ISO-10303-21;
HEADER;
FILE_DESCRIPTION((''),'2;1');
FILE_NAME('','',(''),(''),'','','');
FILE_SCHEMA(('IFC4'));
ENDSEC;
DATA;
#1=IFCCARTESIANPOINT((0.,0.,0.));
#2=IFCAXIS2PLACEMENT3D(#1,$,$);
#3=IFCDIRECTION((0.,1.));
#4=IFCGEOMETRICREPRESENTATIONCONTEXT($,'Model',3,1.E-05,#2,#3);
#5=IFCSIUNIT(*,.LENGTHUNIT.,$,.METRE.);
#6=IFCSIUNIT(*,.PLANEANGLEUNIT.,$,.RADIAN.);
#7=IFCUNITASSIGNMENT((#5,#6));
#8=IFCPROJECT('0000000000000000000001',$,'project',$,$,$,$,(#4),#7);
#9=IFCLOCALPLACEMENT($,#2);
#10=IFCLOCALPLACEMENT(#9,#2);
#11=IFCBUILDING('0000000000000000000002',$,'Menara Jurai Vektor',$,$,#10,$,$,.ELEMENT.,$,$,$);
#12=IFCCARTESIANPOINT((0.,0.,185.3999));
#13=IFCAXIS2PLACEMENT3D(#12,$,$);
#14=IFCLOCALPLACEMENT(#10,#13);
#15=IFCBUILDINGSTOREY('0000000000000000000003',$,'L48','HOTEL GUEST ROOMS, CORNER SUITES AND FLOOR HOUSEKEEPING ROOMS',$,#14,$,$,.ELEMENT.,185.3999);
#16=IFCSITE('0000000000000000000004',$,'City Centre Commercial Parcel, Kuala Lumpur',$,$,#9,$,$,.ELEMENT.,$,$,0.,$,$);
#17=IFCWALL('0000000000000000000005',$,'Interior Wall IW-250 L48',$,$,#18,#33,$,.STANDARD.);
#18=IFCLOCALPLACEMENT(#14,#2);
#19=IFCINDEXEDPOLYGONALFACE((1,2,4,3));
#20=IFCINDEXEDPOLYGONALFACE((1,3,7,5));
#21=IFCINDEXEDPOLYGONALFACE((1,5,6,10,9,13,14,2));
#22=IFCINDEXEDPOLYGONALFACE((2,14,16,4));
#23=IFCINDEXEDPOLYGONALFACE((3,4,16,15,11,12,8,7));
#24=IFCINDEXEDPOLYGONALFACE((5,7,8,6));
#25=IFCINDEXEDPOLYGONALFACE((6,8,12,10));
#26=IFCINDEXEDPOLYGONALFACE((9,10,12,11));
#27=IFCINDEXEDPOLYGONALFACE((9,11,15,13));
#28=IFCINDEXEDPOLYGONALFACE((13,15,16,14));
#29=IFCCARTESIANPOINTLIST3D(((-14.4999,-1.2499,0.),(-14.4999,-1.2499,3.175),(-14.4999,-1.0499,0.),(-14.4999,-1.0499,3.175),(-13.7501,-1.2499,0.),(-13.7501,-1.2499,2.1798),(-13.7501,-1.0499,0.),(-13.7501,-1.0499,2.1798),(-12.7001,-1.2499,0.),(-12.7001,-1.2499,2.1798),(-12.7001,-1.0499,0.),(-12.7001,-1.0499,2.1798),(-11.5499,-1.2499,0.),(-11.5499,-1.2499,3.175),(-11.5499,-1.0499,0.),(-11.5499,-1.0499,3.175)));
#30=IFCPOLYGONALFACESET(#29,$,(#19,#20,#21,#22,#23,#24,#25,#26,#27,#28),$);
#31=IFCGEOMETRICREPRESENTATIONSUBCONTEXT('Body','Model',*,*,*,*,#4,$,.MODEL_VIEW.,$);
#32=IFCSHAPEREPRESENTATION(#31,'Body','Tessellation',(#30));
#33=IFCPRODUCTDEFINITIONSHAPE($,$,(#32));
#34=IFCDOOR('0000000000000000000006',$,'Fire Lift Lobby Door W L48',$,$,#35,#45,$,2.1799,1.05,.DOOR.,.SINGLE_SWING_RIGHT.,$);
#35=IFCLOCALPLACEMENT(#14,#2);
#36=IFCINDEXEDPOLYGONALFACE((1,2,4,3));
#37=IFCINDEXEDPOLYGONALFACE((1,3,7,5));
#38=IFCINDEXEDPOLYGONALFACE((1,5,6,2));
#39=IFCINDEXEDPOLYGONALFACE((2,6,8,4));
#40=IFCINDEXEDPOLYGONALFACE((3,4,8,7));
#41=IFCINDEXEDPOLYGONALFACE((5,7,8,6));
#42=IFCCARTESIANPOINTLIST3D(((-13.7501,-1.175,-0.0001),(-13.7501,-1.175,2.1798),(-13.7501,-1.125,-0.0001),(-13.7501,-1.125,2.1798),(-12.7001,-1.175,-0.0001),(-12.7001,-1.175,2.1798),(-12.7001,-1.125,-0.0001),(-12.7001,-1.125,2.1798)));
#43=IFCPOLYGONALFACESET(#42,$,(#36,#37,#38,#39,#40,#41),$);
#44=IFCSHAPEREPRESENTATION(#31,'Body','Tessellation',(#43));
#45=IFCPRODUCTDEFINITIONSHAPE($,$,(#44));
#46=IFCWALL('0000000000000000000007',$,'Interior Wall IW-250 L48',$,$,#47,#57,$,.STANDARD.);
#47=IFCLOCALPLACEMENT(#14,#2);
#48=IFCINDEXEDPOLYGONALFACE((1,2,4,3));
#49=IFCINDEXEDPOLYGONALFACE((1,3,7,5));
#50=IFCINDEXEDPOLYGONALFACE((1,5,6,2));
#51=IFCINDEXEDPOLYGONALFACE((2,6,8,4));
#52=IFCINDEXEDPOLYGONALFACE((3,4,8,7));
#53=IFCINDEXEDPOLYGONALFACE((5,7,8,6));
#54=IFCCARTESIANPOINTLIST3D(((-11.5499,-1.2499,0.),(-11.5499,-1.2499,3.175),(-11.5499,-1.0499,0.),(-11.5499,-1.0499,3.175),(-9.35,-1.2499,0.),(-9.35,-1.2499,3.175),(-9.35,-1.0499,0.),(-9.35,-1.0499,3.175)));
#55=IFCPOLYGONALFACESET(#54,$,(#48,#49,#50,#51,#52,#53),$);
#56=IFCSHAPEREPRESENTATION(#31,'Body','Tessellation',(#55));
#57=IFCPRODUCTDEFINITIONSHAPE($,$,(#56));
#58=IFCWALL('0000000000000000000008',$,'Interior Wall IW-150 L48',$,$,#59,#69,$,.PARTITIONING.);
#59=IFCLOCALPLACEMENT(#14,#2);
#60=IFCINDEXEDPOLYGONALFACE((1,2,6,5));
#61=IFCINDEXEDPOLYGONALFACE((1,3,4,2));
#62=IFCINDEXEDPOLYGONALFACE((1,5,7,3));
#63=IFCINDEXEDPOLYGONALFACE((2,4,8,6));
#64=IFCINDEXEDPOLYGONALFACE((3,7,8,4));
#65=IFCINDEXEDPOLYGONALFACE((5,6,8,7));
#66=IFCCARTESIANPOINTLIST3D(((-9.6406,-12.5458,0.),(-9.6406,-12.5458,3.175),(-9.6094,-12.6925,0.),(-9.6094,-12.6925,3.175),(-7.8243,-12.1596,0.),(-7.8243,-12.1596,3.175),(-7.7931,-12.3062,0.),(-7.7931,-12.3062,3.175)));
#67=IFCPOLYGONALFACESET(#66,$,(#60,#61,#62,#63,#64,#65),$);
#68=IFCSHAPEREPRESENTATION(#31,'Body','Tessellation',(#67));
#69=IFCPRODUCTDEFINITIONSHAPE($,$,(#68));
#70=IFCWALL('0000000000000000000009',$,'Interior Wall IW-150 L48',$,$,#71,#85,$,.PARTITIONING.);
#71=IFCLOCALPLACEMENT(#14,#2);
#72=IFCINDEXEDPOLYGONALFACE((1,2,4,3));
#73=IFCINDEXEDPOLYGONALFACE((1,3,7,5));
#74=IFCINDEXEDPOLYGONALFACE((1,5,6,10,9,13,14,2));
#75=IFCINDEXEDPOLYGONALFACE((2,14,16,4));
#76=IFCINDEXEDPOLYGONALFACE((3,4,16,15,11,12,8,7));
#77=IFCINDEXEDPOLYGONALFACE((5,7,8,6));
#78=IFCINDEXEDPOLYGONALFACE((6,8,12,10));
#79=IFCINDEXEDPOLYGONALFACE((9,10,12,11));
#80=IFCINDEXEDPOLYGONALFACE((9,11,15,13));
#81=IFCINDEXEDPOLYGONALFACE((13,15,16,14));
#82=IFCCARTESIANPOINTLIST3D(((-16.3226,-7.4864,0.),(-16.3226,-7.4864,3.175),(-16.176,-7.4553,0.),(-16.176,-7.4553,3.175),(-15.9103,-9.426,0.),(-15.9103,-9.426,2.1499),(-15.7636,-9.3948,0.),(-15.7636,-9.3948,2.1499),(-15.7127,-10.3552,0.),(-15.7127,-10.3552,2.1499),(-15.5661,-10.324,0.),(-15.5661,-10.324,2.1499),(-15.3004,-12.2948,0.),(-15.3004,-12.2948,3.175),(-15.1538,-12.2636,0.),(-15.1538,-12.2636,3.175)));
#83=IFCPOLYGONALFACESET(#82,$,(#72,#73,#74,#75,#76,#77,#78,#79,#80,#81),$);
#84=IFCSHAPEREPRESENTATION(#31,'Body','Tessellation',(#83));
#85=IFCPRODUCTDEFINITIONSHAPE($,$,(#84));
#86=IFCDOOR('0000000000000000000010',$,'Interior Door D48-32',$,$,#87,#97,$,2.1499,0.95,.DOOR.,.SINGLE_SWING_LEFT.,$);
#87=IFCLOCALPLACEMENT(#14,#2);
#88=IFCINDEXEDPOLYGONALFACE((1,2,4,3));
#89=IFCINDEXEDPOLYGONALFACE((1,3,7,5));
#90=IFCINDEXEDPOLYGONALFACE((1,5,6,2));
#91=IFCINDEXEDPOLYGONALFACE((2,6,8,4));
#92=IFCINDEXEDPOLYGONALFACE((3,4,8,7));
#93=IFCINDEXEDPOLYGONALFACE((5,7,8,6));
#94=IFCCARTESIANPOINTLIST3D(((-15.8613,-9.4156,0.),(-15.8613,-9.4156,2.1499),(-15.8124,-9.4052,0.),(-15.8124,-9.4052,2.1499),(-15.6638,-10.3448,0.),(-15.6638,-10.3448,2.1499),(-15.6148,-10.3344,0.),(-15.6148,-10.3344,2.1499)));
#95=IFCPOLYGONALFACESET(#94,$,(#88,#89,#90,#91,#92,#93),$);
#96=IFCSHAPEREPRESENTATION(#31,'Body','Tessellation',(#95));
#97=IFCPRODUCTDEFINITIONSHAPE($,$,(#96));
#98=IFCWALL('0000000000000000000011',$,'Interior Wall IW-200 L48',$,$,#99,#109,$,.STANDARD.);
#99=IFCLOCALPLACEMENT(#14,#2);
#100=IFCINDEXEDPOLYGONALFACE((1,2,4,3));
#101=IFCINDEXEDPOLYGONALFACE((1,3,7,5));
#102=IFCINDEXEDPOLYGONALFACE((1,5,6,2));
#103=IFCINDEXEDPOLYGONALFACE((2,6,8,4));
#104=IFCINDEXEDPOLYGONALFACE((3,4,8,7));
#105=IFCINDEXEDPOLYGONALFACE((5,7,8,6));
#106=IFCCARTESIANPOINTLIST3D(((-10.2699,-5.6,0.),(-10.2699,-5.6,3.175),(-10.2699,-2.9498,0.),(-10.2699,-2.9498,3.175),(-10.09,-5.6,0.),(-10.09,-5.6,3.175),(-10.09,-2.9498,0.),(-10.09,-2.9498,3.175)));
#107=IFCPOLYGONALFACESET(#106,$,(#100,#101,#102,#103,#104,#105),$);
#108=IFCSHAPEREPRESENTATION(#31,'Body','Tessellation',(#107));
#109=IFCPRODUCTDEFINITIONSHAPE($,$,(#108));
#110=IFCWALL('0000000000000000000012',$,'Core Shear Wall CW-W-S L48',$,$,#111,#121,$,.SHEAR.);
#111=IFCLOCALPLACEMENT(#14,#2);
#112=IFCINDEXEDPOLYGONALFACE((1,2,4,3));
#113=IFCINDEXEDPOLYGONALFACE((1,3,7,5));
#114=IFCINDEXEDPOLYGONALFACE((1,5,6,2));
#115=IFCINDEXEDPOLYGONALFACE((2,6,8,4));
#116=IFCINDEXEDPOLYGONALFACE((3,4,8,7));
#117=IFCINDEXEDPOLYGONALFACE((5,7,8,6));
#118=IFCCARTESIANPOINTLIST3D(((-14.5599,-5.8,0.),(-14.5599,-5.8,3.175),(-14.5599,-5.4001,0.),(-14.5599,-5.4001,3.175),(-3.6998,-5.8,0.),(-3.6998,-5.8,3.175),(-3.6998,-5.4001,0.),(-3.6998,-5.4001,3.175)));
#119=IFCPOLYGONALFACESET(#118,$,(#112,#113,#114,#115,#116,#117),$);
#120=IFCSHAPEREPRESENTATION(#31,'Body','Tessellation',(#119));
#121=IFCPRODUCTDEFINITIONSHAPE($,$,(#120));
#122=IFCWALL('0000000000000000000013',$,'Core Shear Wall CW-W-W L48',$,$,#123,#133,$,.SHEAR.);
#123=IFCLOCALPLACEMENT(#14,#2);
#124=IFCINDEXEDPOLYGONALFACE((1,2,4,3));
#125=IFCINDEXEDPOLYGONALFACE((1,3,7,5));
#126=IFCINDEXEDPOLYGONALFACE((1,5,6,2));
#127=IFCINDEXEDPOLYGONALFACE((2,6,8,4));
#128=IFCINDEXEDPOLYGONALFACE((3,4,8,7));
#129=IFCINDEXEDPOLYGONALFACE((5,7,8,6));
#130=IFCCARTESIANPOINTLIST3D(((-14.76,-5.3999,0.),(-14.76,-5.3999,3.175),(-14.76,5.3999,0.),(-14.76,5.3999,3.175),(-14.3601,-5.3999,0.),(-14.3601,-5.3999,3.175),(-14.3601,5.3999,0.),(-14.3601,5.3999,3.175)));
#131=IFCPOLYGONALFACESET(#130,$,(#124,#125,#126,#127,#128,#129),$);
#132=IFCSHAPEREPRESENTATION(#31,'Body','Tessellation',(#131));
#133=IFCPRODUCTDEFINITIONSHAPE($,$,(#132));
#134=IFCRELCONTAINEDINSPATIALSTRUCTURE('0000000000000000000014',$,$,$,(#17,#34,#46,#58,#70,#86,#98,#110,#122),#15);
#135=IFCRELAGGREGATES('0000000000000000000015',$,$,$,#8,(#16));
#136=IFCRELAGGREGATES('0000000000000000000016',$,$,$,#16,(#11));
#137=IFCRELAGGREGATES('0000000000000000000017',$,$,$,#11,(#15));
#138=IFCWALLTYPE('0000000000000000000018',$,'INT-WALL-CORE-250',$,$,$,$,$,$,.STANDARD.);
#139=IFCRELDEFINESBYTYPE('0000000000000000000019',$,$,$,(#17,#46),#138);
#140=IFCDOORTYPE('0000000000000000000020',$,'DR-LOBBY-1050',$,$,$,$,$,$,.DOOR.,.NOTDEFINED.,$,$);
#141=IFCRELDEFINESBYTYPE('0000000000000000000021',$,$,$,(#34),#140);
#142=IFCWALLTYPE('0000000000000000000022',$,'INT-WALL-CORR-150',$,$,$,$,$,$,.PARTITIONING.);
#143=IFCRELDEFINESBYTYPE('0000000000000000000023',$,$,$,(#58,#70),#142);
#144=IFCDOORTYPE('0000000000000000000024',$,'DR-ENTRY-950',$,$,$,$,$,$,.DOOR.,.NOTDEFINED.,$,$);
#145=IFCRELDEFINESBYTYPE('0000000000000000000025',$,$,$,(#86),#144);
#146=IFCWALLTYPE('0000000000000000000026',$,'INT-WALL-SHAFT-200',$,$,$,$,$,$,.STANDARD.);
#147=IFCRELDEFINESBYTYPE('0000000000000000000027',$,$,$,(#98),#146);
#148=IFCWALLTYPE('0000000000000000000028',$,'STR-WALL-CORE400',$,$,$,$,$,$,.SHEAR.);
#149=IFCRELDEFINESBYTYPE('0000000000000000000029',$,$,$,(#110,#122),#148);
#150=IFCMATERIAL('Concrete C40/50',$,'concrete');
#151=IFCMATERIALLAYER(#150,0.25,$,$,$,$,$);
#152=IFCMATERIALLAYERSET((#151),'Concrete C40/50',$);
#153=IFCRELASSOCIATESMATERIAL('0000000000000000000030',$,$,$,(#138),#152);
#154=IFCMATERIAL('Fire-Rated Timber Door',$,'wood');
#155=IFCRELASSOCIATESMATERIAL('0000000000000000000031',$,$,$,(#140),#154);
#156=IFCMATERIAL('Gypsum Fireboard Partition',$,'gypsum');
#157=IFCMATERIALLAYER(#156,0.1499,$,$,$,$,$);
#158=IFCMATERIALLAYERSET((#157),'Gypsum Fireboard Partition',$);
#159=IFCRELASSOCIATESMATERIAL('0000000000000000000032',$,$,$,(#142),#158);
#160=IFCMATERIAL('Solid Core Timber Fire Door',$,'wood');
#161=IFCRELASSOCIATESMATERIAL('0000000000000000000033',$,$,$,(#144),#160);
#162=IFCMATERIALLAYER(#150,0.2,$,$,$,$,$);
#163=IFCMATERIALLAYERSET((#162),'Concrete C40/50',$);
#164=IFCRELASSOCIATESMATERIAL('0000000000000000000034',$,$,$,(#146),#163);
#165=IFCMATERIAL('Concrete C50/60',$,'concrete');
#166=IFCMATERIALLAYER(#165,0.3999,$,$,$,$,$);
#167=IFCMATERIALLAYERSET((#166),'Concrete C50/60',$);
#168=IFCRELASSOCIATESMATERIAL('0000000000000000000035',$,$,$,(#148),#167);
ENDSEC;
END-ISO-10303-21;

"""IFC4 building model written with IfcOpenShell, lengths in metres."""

from ifc_helpers import new_model, si_unit, direction, frame, frame_2d, origin, place, context, subcontext, project, spatial, rectangle, extrude, material, layer, layer_set, type_object, element, fill, save


model = new_model("IFC4")

# Units and contexts
model_context = context("Model", 3, precision=1e-05, world=origin(), true_north=direction((0.0, 1.0)))
body_context = subcontext(model_context, "Body", "Model", "MODEL_VIEW")
ifc_project = project(units=[si_unit("LENGTHUNIT", "METRE"), si_unit("PLANEANGLEUNIT", "RADIAN")], contexts=[model_context])

# Site, building, storey
site_placement = place(None, origin())
site = spatial("IfcSite", under=ifc_project, at=site_placement, Name="City Centre Commercial Parcel, Kuala Lumpur", CompositionType="ELEMENT", RefElevation=0.0)
building_placement = place(site_placement, origin())
building = spatial("IfcBuilding", under=site, at=building_placement, Name="Menara Jurai Vektor", CompositionType="ELEMENT")
storey_placement = place(building_placement, frame((0.0, 0.0, 185.3999)))
storey = spatial("IfcBuildingStorey", under=building, at=storey_placement, Name="L48", Description="HOTEL GUEST ROOMS, CORNER SUITES AND FLOOR HOUSEKEEPING ROOMS", CompositionType="ELEMENT", Elevation=185.3999)

# Shared definitions
ifc_material_1 = material(Name="Concrete C50/60", Category="concrete")

# Shared definitions
ifc_material_2 = material(Name="Concrete C40/50", Category="concrete")
ifc_layer_1 = layer(ifc_material_2, 0.25)
ifc_layer_set_1 = layer_set([ifc_layer_1], Name="Concrete C40/50")
wall_type_1 = type_object("IfcWallType", Name="INT-WALL-CORE-250", PredefinedType="STANDARD", material=ifc_layer_set_1)

# Wall, opening, door
wall_1_placement = place(storey_placement, frame((-14.5, -1.1499, 0.0), z_axis=(0.0, 0.0, 1.0), x_axis=(1.0, 0.0, 0.0)))
wall_1 = element("IfcWall", 1, at=wall_1_placement, inside=storey, type_object=wall_type_1, Name="Interior Wall IW-250 L48", PredefinedType="STANDARD", context=body_context, shape_type="SweptSolid", body=[
    extrude(rectangle(XDim=2.95, YDim=0.2, at=frame_2d((1.4751, 0.0))), origin(), (0.0, 0.0, 1.0), 3.175),
])
opening_1_placement = place(wall_1_placement, frame((0.75, 0.0, 0.0)))
opening_1 = element("IfcOpeningElement", 2, at=opening_1_placement, cuts=wall_1, PredefinedType="OPENING", context=body_context, shape_type="SweptSolid", body=[
    extrude(rectangle(XDim=1.05, YDim=2.1799, at=frame_2d((0.5249, 1.0898))), frame((0.0, 0.1099, 0.0), z_axis=(0.0, -1.0, 0.0), x_axis=(1.0, 0.0, 0.0)), (0.0, 0.0, 1.0), 0.22),
])
ifc_material_3 = material(Name="Fire-Rated Timber Door", Category="wood")
door_type_1 = type_object("IfcDoorType", Name="DR-LOBBY-1050", OperationType="NOTDEFINED", PredefinedType="DOOR", material=ifc_material_3)
door_1_placement = place(opening_1_placement, origin())
door_1 = element("IfcDoor", 3, at=door_1_placement, inside=storey, type_object=door_type_1, Name="Fire Lift Lobby Door W L48", OperationType="SINGLE_SWING_RIGHT", OverallHeight=2.1799, OverallWidth=1.05, PredefinedType="DOOR", context=body_context, shape_type="SweptSolid", body=[
    extrude(rectangle(XDim=1.05, YDim=2.1799, at=frame_2d((0.5249, 1.0898))), frame((0.0, 0.0249, 0.0), z_axis=(0.0, -1.0, 0.0), x_axis=(1.0, 0.0, 0.0)), (0.0, 0.0, 1.0), 0.05),
])
fill(opening_1, door_1)

# Walls
wall_2_placement = place(storey_placement, frame((-11.55, -1.1499, 0.0), z_axis=(0.0, 0.0, 1.0), x_axis=(1.0, 0.0, 0.0)))
element("IfcWall", 4, at=wall_2_placement, inside=storey, type_object=wall_type_1, Name="Interior Wall IW-250 L48", PredefinedType="STANDARD", context=body_context, shape_type="SweptSolid", body=[
    extrude(rectangle(XDim=2.2, YDim=0.2, at=frame_2d((1.1001, 0.0))), origin(), (0.0, 0.0, 1.0), 3.175),
])
ifc_material_4 = material(Name="Gypsum Fireboard Partition", Category="gypsum")
ifc_layer_2 = layer(ifc_material_4, 0.1499)
ifc_layer_set_2 = layer_set([ifc_layer_2], Name="Gypsum Fireboard Partition")
wall_type_2 = type_object("IfcWallType", Name="INT-WALL-CORR-150", PredefinedType="PARTITIONING", material=ifc_layer_set_2)
wall_3_placement = place(storey_placement, frame((-9.625, -12.6191, 0.0), z_axis=(0.0, 0.0, 1.0), x_axis=(0.978132, 0.207985, 0.0)))
element("IfcWall", 5, at=wall_3_placement, inside=storey, type_object=wall_type_2, Name="Interior Wall IW-150 L48", PredefinedType="PARTITIONING", context=body_context, shape_type="SweptSolid", body=[
    extrude(rectangle(XDim=1.8569, YDim=0.1499, at=frame_2d((0.9285, 0.0))), origin(), (0.0, 0.0, 1.0), 3.175),
])

# Wall, opening, door
wall_4_placement = place(storey_placement, frame((-15.2271, -12.2793, 0.0), z_axis=(0.0, 0.0, 1.0), x_axis=(-0.207945, 0.978141, 0.0)))
wall_4 = element("IfcWall", 6, at=wall_4_placement, inside=storey, type_object=wall_type_2, Name="Interior Wall IW-150 L48", PredefinedType="PARTITIONING", context=body_context, shape_type="SweptSolid", body=[
    extrude(rectangle(XDim=4.9158, YDim=0.1499, at=frame_2d((2.458, 0.0))), origin(), (0.0, 0.0, 1.0), 3.175),
])
opening_2_placement = place(wall_4_placement, frame((1.9829, 0.0, 0.0)))
opening_2 = element("IfcOpeningElement", 7, at=opening_2_placement, cuts=wall_4, PredefinedType="OPENING", context=body_context, shape_type="SweptSolid", body=[
    extrude(rectangle(XDim=0.95, YDim=2.1499, at=frame_2d((0.4751, 1.075))), frame((0.0, 0.085, 0.0), z_axis=(0.0, -1.0, 0.0), x_axis=(1.0, 0.0, 0.0)), (0.0, 0.0, 1.0), 0.1699),
])
ifc_material_5 = material(Name="Solid Core Timber Fire Door", Category="wood")
door_type_2 = type_object("IfcDoorType", Name="DR-ENTRY-950", OperationType="NOTDEFINED", PredefinedType="DOOR", material=ifc_material_5)
door_2_placement = place(opening_2_placement, origin())
door_2 = element("IfcDoor", 8, at=door_2_placement, inside=storey, type_object=door_type_2, Name="Interior Door D48-32", OperationType="SINGLE_SWING_LEFT", OverallHeight=2.1499, OverallWidth=0.95, PredefinedType="DOOR", context=body_context, shape_type="SweptSolid", body=[
    extrude(rectangle(XDim=0.95, YDim=2.1499, at=frame_2d((0.4751, 1.075))), frame((0.0, 0.0249, 0.0), z_axis=(0.0, -1.0, 0.0), x_axis=(1.0, 0.0, 0.0)), (0.0, 0.0, 1.0), 0.05),
])
fill(opening_2, door_2)

# Shared definitions
ifc_layer_3 = layer(ifc_material_2, 0.2)
ifc_layer_set_3 = layer_set([ifc_layer_3], Name="Concrete C40/50")
wall_type_3 = type_object("IfcWallType", Name="INT-WALL-SHAFT-200", PredefinedType="STANDARD", material=ifc_layer_set_3)

# Walls
wall_5_placement = place(storey_placement, frame((-10.1799, -5.6001, 0.0), z_axis=(0.0, 0.0, 1.0), x_axis=(0.0, 1.0, 0.0)))
element("IfcWall", 9, at=wall_5_placement, inside=storey, type_object=wall_type_3, Name="Interior Wall IW-200 L48", PredefinedType="STANDARD", context=body_context, shape_type="SweptSolid", body=[
    extrude(rectangle(XDim=2.6501, YDim=0.1799, at=frame_2d((1.3252, 0.0))), origin(), (0.0, 0.0, 1.0), 3.175),
])
ifc_layer_4 = layer(ifc_material_1, 0.3999)
ifc_layer_set_4 = layer_set([ifc_layer_4], Name="Concrete C50/60")
wall_type_4 = type_object("IfcWallType", Name="STR-WALL-CORE400", PredefinedType="SHEAR", material=ifc_layer_set_4)
wall_6_placement = place(storey_placement, frame((-14.5601, -5.6001, 0.0), z_axis=(0.0, 0.0, 1.0), x_axis=(1.0, 0.0, 0.0)))
element("IfcWall", 10, at=wall_6_placement, inside=storey, type_object=wall_type_4, Name="Core Shear Wall CW-W-S L48", PredefinedType="SHEAR", context=body_context, shape_type="SweptSolid", body=[
    extrude(rectangle(XDim=10.8601, YDim=0.3999, at=frame_2d((5.4302, 0.0))), origin(), (0.0, 0.0, 1.0), 3.175),
])
wall_7_placement = place(storey_placement, frame((-14.5601, -5.3999, 0.0), z_axis=(0.0, 0.0, 1.0), x_axis=(0.0, 1.0, 0.0)))
element("IfcWall", 11, at=wall_7_placement, inside=storey, type_object=wall_type_4, Name="Core Shear Wall CW-W-W L48", PredefinedType="SHEAR", context=body_context, shape_type="SweptSolid", body=[
    extrude(rectangle(XDim=10.7998, YDim=0.3999, at=frame_2d((5.3999, 0.0))), origin(), (0.0, 0.0, 1.0), 3.175),
])

save(model, "model.ifc")
